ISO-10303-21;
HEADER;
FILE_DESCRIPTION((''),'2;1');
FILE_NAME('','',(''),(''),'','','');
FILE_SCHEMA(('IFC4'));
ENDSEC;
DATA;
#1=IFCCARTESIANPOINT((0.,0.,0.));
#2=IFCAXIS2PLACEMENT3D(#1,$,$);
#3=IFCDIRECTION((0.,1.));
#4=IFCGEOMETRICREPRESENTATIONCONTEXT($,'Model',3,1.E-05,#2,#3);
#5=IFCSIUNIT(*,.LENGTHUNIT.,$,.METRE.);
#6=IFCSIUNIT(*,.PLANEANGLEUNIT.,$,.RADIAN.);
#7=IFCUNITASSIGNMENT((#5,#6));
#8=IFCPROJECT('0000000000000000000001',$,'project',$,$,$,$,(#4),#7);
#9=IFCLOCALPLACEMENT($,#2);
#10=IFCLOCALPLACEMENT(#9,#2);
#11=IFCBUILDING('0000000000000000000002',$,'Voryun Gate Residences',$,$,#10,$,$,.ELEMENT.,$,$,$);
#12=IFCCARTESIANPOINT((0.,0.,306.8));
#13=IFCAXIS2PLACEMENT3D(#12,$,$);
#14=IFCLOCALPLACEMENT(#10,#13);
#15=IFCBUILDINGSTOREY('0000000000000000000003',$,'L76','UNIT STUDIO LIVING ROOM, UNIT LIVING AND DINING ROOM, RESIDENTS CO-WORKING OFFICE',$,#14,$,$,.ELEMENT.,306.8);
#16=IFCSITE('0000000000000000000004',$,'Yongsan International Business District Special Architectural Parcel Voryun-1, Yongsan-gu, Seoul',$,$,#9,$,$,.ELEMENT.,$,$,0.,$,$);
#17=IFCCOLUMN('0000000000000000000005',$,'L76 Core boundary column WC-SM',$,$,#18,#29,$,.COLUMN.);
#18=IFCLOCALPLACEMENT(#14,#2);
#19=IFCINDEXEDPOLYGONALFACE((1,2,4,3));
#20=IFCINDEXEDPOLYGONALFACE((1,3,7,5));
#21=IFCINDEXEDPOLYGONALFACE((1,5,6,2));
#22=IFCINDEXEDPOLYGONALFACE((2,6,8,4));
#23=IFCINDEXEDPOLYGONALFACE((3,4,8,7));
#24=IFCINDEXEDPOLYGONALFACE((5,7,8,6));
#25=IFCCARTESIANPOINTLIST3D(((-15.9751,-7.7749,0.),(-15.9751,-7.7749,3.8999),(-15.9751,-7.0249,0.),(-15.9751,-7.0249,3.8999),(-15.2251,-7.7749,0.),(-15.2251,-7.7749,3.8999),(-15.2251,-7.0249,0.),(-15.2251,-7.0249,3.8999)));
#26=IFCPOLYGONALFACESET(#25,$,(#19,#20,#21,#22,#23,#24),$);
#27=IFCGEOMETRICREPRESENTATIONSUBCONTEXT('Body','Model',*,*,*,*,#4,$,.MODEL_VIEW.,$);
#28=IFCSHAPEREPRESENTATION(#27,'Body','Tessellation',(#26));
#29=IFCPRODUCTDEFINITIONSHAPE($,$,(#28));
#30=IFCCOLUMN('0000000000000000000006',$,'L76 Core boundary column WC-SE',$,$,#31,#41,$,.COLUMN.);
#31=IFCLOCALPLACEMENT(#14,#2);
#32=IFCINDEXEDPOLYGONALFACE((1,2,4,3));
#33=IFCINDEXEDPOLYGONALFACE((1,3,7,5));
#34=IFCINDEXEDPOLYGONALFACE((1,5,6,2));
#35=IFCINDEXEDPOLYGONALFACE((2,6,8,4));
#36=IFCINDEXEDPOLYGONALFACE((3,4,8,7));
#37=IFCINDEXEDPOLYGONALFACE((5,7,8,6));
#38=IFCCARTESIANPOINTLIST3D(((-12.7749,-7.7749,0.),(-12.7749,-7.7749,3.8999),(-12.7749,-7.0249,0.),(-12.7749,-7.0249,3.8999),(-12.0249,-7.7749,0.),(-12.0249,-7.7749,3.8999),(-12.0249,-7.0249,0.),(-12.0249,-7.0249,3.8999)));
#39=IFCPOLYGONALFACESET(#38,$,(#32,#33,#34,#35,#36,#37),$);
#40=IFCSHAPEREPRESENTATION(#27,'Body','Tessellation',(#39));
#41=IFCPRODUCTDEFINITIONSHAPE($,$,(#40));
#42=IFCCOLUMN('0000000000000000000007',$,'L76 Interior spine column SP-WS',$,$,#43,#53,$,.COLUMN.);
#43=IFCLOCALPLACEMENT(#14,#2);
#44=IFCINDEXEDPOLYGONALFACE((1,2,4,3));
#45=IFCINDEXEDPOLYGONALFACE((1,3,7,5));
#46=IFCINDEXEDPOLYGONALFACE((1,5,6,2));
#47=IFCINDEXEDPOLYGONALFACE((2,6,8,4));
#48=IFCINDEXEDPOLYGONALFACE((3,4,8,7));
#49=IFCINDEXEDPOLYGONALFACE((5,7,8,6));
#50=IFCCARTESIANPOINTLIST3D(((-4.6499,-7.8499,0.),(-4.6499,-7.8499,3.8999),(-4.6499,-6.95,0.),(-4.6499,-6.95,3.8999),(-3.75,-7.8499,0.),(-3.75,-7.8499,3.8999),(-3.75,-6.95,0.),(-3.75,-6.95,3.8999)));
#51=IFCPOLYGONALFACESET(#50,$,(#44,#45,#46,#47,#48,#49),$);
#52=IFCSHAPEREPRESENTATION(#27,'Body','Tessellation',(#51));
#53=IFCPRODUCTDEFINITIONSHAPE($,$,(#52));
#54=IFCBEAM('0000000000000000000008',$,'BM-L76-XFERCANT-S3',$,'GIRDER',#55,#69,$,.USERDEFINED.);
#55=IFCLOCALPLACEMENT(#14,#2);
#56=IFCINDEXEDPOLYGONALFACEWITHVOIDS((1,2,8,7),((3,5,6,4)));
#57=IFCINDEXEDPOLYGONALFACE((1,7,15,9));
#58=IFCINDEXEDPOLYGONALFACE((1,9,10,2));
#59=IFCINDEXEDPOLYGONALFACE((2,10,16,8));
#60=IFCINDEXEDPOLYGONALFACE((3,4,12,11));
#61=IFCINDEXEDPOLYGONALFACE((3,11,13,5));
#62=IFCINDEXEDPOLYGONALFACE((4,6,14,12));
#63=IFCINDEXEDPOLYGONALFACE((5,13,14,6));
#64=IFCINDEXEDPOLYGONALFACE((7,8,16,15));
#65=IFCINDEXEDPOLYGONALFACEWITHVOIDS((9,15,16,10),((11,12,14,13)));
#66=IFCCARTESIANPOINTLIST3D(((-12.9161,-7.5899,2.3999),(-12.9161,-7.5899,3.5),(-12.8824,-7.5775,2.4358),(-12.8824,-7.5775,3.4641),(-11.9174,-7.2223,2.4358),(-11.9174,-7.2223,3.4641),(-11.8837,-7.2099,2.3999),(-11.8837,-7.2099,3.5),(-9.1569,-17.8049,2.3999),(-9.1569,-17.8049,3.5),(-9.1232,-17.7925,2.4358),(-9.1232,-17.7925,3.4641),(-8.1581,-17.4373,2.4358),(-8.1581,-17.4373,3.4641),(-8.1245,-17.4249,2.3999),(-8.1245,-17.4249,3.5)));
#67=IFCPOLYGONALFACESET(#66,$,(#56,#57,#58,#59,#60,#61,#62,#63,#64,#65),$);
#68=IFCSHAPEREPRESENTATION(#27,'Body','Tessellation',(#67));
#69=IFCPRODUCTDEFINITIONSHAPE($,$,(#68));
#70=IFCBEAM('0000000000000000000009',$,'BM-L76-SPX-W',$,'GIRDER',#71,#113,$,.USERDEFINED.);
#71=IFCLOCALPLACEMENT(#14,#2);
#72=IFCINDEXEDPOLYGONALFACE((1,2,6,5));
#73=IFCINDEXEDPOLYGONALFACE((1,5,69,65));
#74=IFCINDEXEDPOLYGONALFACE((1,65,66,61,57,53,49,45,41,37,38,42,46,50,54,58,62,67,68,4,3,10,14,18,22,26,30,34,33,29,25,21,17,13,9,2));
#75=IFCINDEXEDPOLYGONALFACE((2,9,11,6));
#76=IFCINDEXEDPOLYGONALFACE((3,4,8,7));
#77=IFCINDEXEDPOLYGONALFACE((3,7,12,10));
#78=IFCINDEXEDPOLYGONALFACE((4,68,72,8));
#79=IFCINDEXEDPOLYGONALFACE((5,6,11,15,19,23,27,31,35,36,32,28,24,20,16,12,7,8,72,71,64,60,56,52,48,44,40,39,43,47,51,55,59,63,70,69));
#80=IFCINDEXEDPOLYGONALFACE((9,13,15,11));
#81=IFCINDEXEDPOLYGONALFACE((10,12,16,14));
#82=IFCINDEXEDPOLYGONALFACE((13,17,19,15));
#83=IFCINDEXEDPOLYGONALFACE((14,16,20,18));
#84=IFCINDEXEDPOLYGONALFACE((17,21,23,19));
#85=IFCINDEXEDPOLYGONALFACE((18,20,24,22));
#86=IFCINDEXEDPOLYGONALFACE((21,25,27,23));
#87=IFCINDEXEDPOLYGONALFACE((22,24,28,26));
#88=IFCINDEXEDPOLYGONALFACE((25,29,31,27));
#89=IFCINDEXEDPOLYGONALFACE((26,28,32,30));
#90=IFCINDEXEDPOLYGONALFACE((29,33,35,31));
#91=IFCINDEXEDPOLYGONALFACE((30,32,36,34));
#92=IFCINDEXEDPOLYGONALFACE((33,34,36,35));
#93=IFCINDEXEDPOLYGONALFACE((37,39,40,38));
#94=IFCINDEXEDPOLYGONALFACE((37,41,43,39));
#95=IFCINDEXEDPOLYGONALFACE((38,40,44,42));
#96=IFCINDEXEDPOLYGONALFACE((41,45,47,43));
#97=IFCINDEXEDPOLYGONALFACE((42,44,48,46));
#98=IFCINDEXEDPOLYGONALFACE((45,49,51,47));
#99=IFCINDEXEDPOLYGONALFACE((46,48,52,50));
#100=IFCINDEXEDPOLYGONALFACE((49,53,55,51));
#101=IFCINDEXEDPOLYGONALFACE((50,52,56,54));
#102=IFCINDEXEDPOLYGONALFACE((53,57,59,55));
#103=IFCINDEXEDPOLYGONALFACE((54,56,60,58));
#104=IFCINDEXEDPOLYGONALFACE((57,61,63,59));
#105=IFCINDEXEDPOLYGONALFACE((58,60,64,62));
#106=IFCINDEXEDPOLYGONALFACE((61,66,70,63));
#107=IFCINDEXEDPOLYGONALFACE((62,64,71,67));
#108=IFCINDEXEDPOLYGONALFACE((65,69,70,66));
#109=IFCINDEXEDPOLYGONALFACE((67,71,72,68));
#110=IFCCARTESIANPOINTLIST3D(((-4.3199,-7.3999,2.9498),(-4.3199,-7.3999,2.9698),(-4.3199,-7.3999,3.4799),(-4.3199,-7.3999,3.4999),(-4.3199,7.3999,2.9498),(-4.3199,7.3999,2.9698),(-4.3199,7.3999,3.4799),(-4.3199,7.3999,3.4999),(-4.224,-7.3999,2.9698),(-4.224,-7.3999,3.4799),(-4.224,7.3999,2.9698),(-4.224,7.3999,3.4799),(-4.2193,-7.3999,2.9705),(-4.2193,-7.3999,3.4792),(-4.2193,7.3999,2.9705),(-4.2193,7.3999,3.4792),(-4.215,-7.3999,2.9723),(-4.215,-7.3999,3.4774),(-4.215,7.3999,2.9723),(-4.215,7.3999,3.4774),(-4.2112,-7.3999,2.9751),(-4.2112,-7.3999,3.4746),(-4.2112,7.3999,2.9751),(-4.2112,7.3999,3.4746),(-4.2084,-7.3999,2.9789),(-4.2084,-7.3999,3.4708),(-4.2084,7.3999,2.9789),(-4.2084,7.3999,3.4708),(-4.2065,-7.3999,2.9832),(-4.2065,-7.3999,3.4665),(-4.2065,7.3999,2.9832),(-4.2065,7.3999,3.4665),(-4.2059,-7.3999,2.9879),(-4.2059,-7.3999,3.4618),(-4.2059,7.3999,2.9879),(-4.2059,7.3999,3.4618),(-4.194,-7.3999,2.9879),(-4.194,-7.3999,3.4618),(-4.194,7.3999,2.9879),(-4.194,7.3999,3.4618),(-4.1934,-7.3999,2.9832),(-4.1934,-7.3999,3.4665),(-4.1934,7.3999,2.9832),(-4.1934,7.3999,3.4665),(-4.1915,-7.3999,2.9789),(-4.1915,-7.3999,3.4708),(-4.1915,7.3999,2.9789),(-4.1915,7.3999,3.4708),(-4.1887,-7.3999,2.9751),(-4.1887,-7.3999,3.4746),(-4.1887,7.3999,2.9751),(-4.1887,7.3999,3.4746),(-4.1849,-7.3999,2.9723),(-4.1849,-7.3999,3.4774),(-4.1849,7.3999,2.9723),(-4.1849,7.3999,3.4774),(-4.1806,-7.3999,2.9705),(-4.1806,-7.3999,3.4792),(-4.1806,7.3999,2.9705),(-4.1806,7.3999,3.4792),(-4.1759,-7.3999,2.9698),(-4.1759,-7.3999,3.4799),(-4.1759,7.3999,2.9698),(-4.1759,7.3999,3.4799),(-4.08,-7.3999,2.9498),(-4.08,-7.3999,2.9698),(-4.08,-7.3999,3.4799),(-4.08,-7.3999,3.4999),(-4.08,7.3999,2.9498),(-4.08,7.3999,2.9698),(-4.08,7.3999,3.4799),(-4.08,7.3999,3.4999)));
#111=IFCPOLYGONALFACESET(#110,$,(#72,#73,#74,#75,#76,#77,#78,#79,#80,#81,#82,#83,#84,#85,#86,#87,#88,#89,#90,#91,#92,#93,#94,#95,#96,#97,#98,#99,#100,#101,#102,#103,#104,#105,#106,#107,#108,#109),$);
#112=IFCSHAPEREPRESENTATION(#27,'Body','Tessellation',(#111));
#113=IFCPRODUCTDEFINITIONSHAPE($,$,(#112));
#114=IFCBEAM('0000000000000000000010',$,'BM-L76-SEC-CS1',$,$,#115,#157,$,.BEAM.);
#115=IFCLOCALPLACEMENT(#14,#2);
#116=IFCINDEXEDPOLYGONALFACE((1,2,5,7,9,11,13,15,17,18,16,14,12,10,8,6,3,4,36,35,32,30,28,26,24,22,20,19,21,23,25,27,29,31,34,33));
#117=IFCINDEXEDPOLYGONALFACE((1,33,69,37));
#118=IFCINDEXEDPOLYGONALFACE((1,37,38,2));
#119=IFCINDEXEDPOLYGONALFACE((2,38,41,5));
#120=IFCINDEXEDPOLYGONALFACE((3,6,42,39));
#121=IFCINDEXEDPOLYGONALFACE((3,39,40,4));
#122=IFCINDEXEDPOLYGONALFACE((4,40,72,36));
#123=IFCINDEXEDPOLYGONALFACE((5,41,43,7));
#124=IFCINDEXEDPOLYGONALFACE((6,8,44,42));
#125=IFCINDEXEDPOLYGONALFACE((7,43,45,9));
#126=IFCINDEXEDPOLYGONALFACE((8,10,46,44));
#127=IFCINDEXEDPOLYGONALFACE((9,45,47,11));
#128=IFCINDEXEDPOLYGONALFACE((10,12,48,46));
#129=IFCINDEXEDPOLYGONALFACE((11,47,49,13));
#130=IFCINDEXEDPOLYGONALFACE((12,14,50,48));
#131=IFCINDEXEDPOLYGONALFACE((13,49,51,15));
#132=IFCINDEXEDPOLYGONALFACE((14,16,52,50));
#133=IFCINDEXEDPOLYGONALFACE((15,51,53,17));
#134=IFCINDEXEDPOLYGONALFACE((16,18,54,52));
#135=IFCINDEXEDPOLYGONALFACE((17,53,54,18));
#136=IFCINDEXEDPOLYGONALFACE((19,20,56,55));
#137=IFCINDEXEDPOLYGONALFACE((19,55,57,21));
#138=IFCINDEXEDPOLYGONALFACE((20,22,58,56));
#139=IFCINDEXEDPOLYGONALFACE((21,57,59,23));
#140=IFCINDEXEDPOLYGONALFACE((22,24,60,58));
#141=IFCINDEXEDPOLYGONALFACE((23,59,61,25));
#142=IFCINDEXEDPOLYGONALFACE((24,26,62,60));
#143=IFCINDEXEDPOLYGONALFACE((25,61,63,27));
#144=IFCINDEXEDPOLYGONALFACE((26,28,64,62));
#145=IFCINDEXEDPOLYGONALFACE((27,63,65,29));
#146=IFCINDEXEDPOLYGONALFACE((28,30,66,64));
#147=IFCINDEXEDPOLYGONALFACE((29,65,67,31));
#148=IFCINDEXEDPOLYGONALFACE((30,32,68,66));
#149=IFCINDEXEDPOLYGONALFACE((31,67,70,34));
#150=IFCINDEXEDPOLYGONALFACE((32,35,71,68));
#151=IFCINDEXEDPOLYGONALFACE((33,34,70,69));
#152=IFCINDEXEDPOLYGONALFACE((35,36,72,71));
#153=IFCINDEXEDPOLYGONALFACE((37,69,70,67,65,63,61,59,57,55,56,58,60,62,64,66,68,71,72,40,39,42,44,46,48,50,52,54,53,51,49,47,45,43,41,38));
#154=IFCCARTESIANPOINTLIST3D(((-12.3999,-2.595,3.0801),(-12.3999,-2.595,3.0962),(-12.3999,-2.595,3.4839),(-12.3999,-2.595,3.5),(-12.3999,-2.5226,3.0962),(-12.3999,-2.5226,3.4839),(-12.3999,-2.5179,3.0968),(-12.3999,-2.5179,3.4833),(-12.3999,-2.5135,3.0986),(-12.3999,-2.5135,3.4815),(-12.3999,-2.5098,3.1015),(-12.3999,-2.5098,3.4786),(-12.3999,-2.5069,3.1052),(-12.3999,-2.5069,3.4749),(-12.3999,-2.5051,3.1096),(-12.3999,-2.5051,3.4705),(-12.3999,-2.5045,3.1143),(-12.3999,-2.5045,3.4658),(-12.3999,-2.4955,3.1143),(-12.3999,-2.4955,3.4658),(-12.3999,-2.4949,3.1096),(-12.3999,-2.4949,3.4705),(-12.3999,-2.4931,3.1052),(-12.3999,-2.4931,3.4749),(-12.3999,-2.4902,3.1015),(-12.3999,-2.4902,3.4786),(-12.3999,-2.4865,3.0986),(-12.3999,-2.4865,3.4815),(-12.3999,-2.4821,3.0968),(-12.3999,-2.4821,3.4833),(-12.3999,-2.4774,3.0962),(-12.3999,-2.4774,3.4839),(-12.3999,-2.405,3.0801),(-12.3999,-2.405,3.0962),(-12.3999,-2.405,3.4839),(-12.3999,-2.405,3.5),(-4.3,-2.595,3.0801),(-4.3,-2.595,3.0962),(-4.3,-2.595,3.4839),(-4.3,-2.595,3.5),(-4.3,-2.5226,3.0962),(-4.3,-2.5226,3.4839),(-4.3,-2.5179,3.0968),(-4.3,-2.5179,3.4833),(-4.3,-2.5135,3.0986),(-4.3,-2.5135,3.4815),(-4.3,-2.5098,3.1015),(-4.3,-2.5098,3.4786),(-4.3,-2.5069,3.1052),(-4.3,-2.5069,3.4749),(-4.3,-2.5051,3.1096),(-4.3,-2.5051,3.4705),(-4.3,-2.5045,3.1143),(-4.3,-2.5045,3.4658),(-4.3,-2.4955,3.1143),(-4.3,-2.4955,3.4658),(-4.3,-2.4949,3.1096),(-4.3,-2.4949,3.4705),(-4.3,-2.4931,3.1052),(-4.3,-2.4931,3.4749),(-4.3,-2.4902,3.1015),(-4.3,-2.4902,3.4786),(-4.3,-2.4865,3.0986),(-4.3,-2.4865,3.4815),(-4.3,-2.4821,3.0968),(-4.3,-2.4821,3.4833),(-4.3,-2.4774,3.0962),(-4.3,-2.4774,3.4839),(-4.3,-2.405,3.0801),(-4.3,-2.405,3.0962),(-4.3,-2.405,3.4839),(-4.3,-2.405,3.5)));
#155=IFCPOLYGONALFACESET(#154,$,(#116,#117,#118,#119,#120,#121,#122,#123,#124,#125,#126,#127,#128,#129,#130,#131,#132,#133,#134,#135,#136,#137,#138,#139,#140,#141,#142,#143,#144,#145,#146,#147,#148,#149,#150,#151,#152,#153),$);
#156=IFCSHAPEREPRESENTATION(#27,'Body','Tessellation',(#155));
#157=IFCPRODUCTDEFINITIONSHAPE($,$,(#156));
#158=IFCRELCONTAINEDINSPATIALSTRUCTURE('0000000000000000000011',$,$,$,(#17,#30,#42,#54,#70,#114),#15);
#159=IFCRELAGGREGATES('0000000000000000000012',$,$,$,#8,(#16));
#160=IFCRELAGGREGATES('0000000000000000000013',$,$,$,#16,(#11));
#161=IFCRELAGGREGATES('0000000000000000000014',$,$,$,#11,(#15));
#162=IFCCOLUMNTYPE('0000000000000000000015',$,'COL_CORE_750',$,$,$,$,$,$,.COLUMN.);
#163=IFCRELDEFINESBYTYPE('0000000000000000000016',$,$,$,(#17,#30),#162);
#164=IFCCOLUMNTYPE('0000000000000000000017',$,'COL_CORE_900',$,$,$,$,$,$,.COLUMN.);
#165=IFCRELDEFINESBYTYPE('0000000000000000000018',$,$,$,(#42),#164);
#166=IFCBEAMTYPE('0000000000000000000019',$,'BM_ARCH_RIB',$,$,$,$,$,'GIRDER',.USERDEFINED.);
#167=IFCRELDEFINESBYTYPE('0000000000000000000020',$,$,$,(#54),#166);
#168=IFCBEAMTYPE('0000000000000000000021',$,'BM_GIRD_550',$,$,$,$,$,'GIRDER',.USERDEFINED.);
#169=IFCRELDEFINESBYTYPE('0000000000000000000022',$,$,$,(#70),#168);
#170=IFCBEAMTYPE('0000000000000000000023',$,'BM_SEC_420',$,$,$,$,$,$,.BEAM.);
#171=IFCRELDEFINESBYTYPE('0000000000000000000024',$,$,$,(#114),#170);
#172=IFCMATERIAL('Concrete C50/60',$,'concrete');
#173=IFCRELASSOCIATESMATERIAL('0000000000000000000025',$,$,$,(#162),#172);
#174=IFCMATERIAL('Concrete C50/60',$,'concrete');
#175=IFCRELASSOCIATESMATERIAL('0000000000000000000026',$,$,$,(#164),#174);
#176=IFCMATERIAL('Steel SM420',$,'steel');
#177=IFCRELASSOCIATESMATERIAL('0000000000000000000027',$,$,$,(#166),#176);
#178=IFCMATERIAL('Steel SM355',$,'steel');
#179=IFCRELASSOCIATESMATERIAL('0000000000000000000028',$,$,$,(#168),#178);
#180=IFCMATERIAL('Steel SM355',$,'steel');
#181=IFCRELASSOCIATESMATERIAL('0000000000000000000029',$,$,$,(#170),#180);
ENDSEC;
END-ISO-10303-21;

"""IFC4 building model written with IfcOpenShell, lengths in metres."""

from ifc_helpers import new_model, si_unit, direction, frame, origin, origin_2d, place, context, subcontext, project, spatial, rectangle, hollow_rectangle, i_section, extrude, material, material_profile, profile_set, type_object, element, save


model = new_model("IFC4")

# Units and contexts
model_context = context("Model", 3, precision=1e-05, world=origin(), true_north=direction((0.0, 1.0)))
body_context = subcontext(model_context, "Body", "Model", "MODEL_VIEW")
ifc_project = project(units=[si_unit("LENGTHUNIT", "METRE"), si_unit("PLANEANGLEUNIT", "RADIAN")], contexts=[model_context])

# Site, building, storey
site_placement = place(None, origin())
site = spatial("IfcSite", under=ifc_project, at=site_placement, Name="Yongsan International Business District Special Architectural Parcel Voryun-1, Yongsan-gu, Seoul", CompositionType="ELEMENT", RefElevation=0.0)
building_placement = place(site_placement, origin())
building = spatial("IfcBuilding", under=site, at=building_placement, Name="Voryun Gate Residences", CompositionType="ELEMENT")
storey_placement = place(building_placement, frame((0.0, 0.0, 306.8)))
storey = spatial("IfcBuildingStorey", under=building, at=storey_placement, Name="L76", Description="UNIT STUDIO LIVING ROOM, UNIT LIVING AND DINING ROOM, RESIDENTS CO-WORKING OFFICE", CompositionType="ELEMENT", Elevation=306.8)

# Columns
ifc_material_1 = material(Name="Concrete C50/60", Category="concrete")
ifc_material_profile_1 = material_profile(ifc_material_1, rectangle(XDim=0.75, YDim=0.75, at=origin_2d()), Name="RC-750x750")
ifc_profile_set_1 = profile_set([ifc_material_profile_1], Name="Concrete C50/60")
column_type_1 = type_object("IfcColumnType", Name="COL_CORE_750", PredefinedType="COLUMN", material=ifc_profile_set_1)
for number, where, z_axis, x_axis, name in (
    (1, (-15.6001, -7.3999, 0.0), (0.0, 0.0, 1.0), (1.0, 0.0, 0.0), "L76 Core boundary column WC-SM"),
    (2, (-12.3999, -7.3999, 0.0), (0.0, 0.0, 1.0), (1.0, 0.0, 0.0), "L76 Core boundary column WC-SE"),
):
    element("IfcColumn", number, at=place(storey_placement, frame(where, z_axis=z_axis, x_axis=x_axis)), inside=storey, type_object=column_type_1, Name=name, PredefinedType="COLUMN", context=body_context, shape_type="SweptSolid", body=[
        extrude(rectangle(XDim=0.75, YDim=0.75, at=origin_2d()), origin(), (0.0, 0.0, 1.0), 3.8999),
    ])
ifc_material_2 = material(Name="Concrete C50/60", Category="concrete")
ifc_material_profile_2 = material_profile(ifc_material_2, rectangle(XDim=0.8999, YDim=0.8999, at=origin_2d()), Name="RC-900x900")
ifc_profile_set_2 = profile_set([ifc_material_profile_2], Name="Concrete C50/60")
column_type_2 = type_object("IfcColumnType", Name="COL_CORE_900", PredefinedType="COLUMN", material=ifc_profile_set_2)
column_placement = place(storey_placement, frame((-4.2, -7.3999, 0.0), z_axis=(0.0, 0.0, 1.0), x_axis=(1.0, 0.0, 0.0)))
element("IfcColumn", 3, at=column_placement, inside=storey, type_object=column_type_2, Name="L76 Interior spine column SP-WS", PredefinedType="COLUMN", context=body_context, shape_type="SweptSolid", body=[
    extrude(rectangle(XDim=0.8999, YDim=0.8999, at=origin_2d()), origin(), (0.0, 0.0, 1.0), 3.8999),
])

# Beams
ifc_material_3 = material(Name="Steel SM420", Category="steel")
ifc_material_profile_3 = material_profile(ifc_material_3, hollow_rectangle(XDim=1.1001, YDim=1.1001, WallThickness=0.0359, at=origin_2d()), Name="BOX-1100x1100x36")
ifc_profile_set_3 = profile_set([ifc_material_profile_3], Name="Steel SM420")
beam_type_1 = type_object("IfcBeamType", Name="BM_ARCH_RIB", ElementType="GIRDER", PredefinedType="USERDEFINED", material=ifc_profile_set_3)
beam_1_placement = place(storey_placement, frame((-12.3999, -7.3999, 2.95), z_axis=(0.345368, -0.938468, 0.0), x_axis=(0.938468, 0.345368, 0.0)))
element("IfcBeam", 4, at=beam_1_placement, inside=storey, type_object=beam_type_1, Name="BM-L76-XFERCANT-S3", ObjectType="GIRDER", PredefinedType="USERDEFINED", context=body_context, shape_type="SweptSolid", body=[
    extrude(hollow_rectangle(XDim=1.1001, YDim=1.1001, WallThickness=0.0359, at=origin_2d()), origin(), (0.0, 0.0, 1.0), 10.8848),
])
ifc_material_4 = material(Name="Steel SM355", Category="steel")
ifc_material_profile_4 = material_profile(ifc_material_4, i_section(OverallWidth=0.24, OverallDepth=0.55, WebThickness=0.012, FlangeThickness=0.02, FilletRadius=0.0181, at=origin_2d()), Name="H-550x240x12x20")
ifc_profile_set_4 = profile_set([ifc_material_profile_4], Name="Steel SM355")
beam_type_2 = type_object("IfcBeamType", Name="BM_GIRD_550", ElementType="GIRDER", PredefinedType="USERDEFINED", material=ifc_profile_set_4)
beam_2_placement = place(storey_placement, frame((-4.2, -7.3999, 3.2249), z_axis=(0.0, 1.0, 0.0), x_axis=(-1.0, 0.0, 0.0)))
element("IfcBeam", 5, at=beam_2_placement, inside=storey, type_object=beam_type_2, Name="BM-L76-SPX-W", ObjectType="GIRDER", PredefinedType="USERDEFINED", context=body_context, shape_type="SweptSolid", body=[
    extrude(i_section(OverallWidth=0.24, OverallDepth=0.55, WebThickness=0.012, FlangeThickness=0.02, FilletRadius=0.0181, at=origin_2d()), origin(), (0.0, 0.0, 1.0), 14.7998),
])
ifc_material_5 = material(Name="Steel SM355", Category="steel")
ifc_material_profile_5 = material_profile(ifc_material_5, i_section(OverallWidth=0.1899, OverallDepth=0.4199, WebThickness=0.009, FlangeThickness=0.0161, FilletRadius=0.0181, at=origin_2d()), Name="H-420x190x9x16")
ifc_profile_set_5 = profile_set([ifc_material_profile_5], Name="Steel SM355")
beam_type_3 = type_object("IfcBeamType", Name="BM_SEC_420", PredefinedType="BEAM", material=ifc_profile_set_5)
beam_3_placement = place(storey_placement, frame((-12.3999, -2.5, 3.29), z_axis=(1.0, 0.0, 0.0), x_axis=(0.0, 1.0, 0.0)))
element("IfcBeam", 6, at=beam_3_placement, inside=storey, type_object=beam_type_3, Name="BM-L76-SEC-CS1", PredefinedType="BEAM", context=body_context, shape_type="SweptSolid", body=[
    extrude(i_section(OverallWidth=0.1899, OverallDepth=0.4199, WebThickness=0.009, FlangeThickness=0.0161, FilletRadius=0.0181, at=origin_2d()), origin(), (0.0, 0.0, 1.0), 8.0999),
])

save(model, "model.ifc")
